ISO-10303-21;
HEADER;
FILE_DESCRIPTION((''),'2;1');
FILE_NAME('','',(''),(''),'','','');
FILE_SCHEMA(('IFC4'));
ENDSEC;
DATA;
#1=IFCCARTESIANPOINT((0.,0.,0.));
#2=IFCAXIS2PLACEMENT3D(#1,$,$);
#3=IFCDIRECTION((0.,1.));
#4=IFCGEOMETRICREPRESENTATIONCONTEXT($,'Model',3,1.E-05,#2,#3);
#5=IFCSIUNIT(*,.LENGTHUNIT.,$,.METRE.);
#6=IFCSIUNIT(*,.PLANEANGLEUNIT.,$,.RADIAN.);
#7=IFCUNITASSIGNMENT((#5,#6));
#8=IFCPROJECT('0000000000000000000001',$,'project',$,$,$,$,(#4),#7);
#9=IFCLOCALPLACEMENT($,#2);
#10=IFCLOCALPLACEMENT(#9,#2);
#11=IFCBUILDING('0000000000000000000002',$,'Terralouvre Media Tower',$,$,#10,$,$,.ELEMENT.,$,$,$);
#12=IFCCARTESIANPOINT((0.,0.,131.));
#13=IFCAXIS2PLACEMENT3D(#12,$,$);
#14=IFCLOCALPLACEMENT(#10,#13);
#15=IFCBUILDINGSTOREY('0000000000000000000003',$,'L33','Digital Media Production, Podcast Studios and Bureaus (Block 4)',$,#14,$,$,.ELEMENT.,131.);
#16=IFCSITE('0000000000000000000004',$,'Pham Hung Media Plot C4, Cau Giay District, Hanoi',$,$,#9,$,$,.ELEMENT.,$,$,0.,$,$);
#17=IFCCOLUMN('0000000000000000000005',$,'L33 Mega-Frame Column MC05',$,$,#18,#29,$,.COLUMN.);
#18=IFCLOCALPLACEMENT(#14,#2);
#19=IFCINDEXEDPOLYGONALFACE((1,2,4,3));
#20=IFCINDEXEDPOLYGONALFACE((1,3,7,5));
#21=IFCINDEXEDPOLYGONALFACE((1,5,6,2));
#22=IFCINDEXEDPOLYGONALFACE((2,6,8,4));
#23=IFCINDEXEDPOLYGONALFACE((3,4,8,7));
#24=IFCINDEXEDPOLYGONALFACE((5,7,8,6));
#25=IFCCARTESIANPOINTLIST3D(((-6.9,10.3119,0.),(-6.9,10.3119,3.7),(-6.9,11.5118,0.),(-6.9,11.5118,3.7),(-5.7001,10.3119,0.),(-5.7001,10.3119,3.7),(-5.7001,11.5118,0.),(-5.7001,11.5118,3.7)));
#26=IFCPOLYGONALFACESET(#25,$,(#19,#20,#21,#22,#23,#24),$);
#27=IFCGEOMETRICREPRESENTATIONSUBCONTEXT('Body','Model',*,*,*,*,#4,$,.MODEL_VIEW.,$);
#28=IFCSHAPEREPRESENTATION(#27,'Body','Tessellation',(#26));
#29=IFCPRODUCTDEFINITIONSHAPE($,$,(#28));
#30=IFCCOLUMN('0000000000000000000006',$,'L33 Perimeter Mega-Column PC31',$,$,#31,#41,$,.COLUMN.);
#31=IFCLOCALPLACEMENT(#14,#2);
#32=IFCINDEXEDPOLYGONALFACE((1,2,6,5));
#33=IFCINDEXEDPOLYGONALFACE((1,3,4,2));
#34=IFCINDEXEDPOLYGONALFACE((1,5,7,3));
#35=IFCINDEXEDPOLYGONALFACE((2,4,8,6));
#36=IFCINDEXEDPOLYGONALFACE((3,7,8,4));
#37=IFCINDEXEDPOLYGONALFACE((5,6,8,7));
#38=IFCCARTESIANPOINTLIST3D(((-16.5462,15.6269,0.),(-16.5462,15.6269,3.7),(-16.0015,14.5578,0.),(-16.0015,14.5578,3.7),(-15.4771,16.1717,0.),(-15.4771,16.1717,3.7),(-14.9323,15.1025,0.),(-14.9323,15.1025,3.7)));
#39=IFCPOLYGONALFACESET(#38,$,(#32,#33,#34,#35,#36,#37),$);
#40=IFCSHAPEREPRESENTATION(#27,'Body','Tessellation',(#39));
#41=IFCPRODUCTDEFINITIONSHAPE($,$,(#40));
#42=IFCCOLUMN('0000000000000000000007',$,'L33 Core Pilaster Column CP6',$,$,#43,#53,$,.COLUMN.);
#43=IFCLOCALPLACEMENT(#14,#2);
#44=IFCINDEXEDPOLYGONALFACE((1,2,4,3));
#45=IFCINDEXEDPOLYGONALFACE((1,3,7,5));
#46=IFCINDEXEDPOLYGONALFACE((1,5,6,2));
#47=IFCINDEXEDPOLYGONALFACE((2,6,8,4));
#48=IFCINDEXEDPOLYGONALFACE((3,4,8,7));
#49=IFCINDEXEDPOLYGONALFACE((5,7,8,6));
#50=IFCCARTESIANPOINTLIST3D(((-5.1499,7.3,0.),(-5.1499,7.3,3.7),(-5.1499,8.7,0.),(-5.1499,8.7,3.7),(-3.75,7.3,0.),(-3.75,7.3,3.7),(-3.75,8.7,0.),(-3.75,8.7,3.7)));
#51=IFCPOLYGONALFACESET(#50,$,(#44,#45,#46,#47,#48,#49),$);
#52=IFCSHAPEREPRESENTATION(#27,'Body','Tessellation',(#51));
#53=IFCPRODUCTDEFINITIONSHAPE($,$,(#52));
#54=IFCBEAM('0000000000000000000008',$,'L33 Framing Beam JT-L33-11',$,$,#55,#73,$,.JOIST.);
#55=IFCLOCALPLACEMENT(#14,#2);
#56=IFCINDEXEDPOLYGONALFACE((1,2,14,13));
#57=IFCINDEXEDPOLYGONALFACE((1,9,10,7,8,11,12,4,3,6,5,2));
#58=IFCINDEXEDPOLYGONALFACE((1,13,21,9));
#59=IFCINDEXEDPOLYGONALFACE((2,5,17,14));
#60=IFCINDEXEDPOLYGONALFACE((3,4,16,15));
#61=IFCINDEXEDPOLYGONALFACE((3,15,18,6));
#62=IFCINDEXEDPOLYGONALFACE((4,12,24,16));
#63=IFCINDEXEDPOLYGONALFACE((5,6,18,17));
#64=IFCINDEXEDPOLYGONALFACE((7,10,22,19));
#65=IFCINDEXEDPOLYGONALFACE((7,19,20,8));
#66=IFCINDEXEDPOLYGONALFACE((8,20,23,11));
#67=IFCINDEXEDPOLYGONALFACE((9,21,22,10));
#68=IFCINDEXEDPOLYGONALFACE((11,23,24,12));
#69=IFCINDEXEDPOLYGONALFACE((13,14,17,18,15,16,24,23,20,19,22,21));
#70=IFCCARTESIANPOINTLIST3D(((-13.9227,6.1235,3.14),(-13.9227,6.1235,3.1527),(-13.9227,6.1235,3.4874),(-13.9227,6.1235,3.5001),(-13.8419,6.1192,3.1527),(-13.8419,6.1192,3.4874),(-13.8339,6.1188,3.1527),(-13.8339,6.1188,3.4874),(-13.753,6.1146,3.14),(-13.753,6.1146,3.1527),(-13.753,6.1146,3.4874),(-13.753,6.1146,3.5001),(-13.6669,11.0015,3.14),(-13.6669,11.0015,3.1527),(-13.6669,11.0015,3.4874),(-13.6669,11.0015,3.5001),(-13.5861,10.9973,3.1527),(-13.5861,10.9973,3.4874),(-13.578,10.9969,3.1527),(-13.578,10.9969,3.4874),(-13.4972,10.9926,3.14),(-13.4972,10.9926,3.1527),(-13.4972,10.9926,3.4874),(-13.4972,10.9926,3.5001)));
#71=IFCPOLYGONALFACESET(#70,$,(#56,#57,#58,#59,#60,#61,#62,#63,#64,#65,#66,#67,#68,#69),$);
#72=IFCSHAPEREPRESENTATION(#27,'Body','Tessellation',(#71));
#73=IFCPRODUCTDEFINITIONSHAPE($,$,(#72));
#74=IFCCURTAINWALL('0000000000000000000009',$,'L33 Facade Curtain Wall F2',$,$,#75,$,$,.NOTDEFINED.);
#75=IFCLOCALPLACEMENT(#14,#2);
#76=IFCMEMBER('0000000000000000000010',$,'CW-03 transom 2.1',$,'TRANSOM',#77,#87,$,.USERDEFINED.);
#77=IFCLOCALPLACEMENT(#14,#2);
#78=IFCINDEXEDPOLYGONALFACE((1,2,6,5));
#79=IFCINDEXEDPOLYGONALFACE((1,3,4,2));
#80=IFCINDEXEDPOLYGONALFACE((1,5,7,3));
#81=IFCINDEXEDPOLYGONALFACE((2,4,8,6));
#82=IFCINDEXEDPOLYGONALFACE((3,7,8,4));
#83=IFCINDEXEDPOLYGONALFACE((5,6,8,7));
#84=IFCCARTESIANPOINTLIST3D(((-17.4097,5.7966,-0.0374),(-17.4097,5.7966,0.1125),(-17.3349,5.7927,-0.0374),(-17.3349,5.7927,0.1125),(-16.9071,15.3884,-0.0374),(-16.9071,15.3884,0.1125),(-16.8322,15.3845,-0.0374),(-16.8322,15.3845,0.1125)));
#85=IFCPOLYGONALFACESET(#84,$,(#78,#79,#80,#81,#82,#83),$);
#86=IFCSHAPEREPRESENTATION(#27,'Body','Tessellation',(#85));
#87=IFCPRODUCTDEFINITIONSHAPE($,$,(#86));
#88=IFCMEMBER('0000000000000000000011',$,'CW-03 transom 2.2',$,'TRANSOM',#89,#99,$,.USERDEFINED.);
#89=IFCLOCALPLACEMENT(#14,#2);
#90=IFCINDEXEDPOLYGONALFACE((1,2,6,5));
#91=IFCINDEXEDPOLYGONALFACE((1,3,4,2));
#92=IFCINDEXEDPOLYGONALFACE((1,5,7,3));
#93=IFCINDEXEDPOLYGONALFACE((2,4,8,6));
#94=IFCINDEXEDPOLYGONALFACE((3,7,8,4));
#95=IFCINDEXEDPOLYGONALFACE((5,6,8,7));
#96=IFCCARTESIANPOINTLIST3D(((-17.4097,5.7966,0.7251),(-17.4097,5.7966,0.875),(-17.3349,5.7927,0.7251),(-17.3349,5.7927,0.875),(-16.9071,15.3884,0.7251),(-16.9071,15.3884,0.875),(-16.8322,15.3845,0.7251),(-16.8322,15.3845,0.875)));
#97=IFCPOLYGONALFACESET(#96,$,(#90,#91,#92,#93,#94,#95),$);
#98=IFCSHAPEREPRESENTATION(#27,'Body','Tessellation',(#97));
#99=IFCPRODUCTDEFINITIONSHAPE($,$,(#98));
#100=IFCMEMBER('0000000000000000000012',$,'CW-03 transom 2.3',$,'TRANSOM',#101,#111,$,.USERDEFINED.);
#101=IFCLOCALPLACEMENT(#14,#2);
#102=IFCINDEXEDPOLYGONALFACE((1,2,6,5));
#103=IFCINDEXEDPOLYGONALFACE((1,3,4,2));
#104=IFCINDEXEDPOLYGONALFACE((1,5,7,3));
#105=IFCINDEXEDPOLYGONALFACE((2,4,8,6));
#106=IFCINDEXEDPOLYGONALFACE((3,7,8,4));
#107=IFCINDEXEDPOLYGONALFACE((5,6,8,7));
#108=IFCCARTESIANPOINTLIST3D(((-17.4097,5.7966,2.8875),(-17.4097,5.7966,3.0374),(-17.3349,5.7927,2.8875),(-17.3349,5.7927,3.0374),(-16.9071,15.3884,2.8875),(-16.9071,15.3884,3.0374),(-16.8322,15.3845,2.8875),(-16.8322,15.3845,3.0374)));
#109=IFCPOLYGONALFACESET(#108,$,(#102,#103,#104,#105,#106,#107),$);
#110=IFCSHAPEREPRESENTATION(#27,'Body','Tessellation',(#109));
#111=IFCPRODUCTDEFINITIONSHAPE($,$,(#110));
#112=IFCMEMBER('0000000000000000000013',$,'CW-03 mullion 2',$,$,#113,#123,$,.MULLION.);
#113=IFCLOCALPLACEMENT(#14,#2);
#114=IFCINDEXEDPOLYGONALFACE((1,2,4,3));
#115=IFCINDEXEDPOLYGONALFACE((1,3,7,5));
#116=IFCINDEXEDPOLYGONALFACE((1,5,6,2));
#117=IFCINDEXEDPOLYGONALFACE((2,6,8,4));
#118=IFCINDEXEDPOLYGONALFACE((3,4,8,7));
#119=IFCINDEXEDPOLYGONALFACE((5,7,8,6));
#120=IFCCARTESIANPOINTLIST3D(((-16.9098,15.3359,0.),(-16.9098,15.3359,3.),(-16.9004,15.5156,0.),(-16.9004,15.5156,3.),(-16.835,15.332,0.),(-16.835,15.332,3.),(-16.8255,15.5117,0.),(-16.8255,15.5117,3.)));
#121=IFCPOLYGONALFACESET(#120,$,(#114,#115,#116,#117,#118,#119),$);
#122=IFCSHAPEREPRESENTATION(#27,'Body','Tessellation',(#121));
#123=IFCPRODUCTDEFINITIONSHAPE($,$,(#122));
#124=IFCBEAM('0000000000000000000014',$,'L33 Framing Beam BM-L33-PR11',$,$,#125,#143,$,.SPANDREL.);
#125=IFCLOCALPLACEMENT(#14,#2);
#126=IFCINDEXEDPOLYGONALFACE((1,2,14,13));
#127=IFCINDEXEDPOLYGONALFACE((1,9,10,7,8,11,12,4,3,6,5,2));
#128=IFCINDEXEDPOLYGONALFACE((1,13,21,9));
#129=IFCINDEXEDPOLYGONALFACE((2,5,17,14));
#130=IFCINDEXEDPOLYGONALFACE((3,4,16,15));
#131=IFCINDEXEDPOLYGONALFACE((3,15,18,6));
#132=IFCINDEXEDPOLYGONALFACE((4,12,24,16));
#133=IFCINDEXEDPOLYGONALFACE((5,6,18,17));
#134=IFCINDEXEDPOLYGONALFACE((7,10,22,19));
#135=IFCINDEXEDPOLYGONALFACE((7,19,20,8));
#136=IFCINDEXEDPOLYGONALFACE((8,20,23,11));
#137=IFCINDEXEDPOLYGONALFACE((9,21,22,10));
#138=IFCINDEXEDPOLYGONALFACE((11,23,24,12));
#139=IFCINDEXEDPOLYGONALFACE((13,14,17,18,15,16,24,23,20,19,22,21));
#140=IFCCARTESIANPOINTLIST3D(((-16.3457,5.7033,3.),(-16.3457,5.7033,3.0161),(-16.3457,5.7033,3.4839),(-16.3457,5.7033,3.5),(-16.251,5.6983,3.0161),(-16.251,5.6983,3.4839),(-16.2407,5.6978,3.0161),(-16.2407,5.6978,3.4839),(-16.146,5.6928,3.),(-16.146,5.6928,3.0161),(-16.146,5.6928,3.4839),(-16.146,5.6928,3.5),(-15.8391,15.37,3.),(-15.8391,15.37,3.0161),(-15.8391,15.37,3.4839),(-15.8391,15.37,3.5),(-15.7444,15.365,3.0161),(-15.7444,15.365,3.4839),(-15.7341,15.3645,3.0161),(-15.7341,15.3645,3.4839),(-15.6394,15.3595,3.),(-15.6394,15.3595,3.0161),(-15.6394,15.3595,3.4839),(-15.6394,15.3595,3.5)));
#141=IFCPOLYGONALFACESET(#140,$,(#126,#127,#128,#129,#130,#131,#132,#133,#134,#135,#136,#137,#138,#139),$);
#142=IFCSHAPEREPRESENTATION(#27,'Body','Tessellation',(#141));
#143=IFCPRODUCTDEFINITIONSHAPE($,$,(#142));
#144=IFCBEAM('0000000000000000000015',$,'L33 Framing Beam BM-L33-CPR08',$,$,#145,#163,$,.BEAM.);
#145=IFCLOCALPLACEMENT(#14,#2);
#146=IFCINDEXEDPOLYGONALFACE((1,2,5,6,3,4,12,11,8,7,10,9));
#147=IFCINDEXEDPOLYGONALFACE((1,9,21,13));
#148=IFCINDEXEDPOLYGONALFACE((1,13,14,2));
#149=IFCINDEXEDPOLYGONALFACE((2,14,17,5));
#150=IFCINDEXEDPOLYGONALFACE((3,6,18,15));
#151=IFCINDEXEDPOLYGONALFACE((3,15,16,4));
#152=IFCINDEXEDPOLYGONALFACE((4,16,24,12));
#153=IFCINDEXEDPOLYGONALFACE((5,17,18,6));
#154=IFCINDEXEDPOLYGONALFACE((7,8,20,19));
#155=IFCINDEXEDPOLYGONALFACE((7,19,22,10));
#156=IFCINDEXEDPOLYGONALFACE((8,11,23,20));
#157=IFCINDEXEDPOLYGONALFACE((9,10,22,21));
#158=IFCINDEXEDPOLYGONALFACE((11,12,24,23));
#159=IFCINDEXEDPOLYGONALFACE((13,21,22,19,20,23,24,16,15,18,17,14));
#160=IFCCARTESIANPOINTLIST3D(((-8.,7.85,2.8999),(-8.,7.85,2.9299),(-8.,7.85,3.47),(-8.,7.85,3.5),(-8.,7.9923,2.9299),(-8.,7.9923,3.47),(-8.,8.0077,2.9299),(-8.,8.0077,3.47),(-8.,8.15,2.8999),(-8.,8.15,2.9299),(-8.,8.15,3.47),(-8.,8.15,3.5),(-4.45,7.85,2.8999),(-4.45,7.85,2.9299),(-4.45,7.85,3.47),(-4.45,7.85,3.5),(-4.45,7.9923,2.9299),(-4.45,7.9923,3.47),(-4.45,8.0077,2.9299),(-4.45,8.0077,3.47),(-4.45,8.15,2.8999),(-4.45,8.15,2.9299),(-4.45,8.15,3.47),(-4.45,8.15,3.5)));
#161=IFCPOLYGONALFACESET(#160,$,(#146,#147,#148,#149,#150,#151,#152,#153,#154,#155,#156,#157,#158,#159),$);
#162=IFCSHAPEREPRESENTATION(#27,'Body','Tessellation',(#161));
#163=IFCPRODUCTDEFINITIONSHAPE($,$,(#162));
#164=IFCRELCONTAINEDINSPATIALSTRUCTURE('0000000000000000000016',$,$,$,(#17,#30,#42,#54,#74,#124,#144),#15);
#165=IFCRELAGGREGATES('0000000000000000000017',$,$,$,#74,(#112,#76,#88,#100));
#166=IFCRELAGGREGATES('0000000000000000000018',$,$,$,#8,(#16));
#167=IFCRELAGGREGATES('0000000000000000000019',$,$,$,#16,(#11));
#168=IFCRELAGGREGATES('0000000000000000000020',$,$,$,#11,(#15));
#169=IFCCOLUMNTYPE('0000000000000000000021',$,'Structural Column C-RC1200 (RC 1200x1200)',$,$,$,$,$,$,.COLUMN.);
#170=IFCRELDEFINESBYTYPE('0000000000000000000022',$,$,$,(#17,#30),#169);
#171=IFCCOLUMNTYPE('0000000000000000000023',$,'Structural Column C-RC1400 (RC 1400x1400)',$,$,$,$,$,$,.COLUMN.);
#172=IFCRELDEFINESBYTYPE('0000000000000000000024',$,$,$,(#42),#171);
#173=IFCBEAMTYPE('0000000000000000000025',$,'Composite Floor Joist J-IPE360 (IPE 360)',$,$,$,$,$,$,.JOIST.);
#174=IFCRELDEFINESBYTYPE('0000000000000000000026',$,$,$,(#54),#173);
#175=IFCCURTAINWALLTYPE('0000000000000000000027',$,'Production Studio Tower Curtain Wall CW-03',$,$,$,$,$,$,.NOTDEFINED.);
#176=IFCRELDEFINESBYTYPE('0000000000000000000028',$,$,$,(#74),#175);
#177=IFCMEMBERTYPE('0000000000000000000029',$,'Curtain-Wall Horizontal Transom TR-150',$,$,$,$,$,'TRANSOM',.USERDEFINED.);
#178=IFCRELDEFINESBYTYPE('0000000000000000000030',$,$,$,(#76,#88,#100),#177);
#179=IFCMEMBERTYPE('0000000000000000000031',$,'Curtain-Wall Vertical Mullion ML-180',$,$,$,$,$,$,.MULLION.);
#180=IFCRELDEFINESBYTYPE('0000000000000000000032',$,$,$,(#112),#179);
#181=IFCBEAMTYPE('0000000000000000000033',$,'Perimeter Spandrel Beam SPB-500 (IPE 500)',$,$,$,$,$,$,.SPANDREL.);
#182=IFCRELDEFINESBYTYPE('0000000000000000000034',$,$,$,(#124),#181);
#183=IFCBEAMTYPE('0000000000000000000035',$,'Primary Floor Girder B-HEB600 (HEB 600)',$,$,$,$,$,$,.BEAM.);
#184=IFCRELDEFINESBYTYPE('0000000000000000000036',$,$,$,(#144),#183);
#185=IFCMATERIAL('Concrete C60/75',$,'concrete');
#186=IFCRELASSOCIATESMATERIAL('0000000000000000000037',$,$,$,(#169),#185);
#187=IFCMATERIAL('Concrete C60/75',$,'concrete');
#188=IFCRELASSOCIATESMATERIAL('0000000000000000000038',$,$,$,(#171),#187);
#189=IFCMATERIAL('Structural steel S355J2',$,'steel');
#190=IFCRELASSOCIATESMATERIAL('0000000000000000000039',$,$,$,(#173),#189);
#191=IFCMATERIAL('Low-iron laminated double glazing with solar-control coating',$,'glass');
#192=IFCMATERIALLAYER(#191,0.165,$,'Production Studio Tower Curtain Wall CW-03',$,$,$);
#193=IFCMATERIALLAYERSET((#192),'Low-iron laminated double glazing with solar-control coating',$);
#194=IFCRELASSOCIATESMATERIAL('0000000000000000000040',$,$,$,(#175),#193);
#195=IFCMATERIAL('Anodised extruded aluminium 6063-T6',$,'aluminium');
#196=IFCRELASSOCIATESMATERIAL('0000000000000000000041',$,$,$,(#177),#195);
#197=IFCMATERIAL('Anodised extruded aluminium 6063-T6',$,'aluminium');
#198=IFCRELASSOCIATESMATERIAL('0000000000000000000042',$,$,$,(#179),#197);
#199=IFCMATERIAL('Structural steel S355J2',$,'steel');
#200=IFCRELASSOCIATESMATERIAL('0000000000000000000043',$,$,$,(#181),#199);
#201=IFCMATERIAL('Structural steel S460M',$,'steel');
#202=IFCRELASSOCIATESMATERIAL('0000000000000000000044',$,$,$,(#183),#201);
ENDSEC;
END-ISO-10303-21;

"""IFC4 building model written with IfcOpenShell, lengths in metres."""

from ifc_helpers import new_model, si_unit, direction, frame, origin, origin_2d, place, context, subcontext, project, spatial, rectangle, i_section, extrude, material, layer, layer_set, material_profile, profile_set, type_object, element, aggregate, save


model = new_model("IFC4")

# Units and contexts
model_context = context("Model", 3, precision=1e-05, world=origin(), true_north=direction((0.0, 1.0)))
body_context = subcontext(model_context, "Body", "Model", "MODEL_VIEW")
ifc_project = project(units=[si_unit("LENGTHUNIT", "METRE"), si_unit("PLANEANGLEUNIT", "RADIAN")], contexts=[model_context])

# Site, building, storey
site_placement = place(None, origin())
site = spatial("IfcSite", under=ifc_project, at=site_placement, Name="Pham Hung Media Plot C4, Cau Giay District, Hanoi", CompositionType="ELEMENT", RefElevation=0.0)
building_placement = place(site_placement, origin())
building = spatial("IfcBuilding", under=site, at=building_placement, Name="Terralouvre Media Tower", CompositionType="ELEMENT")
storey_placement = place(building_placement, frame((0.0, 0.0, 131.0)))
storey = spatial("IfcBuildingStorey", under=building, at=storey_placement, Name="L33", Description="Digital Media Production, Podcast Studios and Bureaus (Block 4)", CompositionType="ELEMENT", Elevation=131.0)

# Columns
ifc_material_1 = material(Name="Concrete C60/75", Category="concrete")
ifc_material_profile_1 = material_profile(ifc_material_1, rectangle(XDim=1.2, YDim=1.2, at=origin_2d()), Name="RC 1200x1200")
ifc_profile_set_1 = profile_set([ifc_material_profile_1], Name="Concrete C60/75")
column_type_1 = type_object("IfcColumnType", Name="Structural Column C-RC1200 (RC 1200x1200)", PredefinedType="COLUMN", material=ifc_profile_set_1)
for number, where, z_axis, x_axis, name in (
    (1, (-6.3, 10.9119, 0.0), (0.0, 0.0, 1.0), (1.0, 0.0, 0.0), "L33 Mega-Frame Column MC05"),
    (2, (-15.7393, 15.3647, 0.0), (0.0, 0.0, 1.0), (0.891007, 0.45399, 0.0), "L33 Perimeter Mega-Column PC31"),
):
    element("IfcColumn", number, at=place(storey_placement, frame(where, z_axis=z_axis, x_axis=x_axis)), inside=storey, type_object=column_type_1, Name=name, PredefinedType="COLUMN", context=body_context, shape_type="SweptSolid", body=[
        extrude(rectangle(XDim=1.2, YDim=1.2, at=origin_2d()), origin(), (0.0, 0.0, 1.0), 3.7),
    ])
ifc_material_2 = material(Name="Concrete C60/75", Category="concrete")
ifc_material_profile_2 = material_profile(ifc_material_2, rectangle(XDim=1.3999, YDim=1.3999, at=origin_2d()), Name="RC 1400x1400")
ifc_profile_set_2 = profile_set([ifc_material_profile_2], Name="Concrete C60/75")
column_type_2 = type_object("IfcColumnType", Name="Structural Column C-RC1400 (RC 1400x1400)", PredefinedType="COLUMN", material=ifc_profile_set_2)
column_placement = place(storey_placement, frame((-4.45, 8.0, 0.0), z_axis=(0.0, 0.0, 1.0), x_axis=(1.0, 0.0, 0.0)))
element("IfcColumn", 3, at=column_placement, inside=storey, type_object=column_type_2, Name="L33 Core Pilaster Column CP6", PredefinedType="COLUMN", context=body_context, shape_type="SweptSolid", body=[
    extrude(rectangle(XDim=1.3999, YDim=1.3999, at=origin_2d()), origin(), (0.0, 0.0, 1.0), 3.7),
])

# Beam
ifc_material_3 = material(Name="Structural steel S355J2", Category="steel")
ifc_material_profile_3 = material_profile(ifc_material_3, i_section(OverallWidth=0.1699, OverallDepth=0.3601, WebThickness=0.0081, FlangeThickness=0.0127, at=origin_2d()), Name="IPE 360")
ifc_profile_set_3 = profile_set([ifc_material_profile_3], Name="Structural steel S355J2")
beam_type_1 = type_object("IfcBeamType", Name="Composite Floor Joist J-IPE360 (IPE 360)", PredefinedType="JOIST", material=ifc_profile_set_3)
beam_1_placement = place(storey_placement, frame((-13.582, 10.9971, 3.3201), z_axis=(-0.052378, -0.998627, 0.0), x_axis=(0.998627, -0.052378, 0.0)))
element("IfcBeam", 4, at=beam_1_placement, inside=storey, type_object=beam_type_1, Name="L33 Framing Beam JT-L33-11", PredefinedType="JOIST", context=body_context, shape_type="SweptSolid", body=[
    extrude(i_section(OverallWidth=0.1699, OverallDepth=0.3601, WebThickness=0.0081, FlangeThickness=0.0127, at=origin_2d()), origin(), (0.0, 0.0, 1.0), 4.8848),
])

# Curtain wall, members
ifc_material_4 = material(Name="Low-iron laminated double glazing with solar-control coating", Category="glass")
ifc_layer_1 = layer(ifc_material_4, 0.165, Name="Production Studio Tower Curtain Wall CW-03")
ifc_layer_set_1 = layer_set([ifc_layer_1], Name="Low-iron laminated double glazing with solar-control coating")
curtain_wall_type = type_object("IfcCurtainWallType", Name="Production Studio Tower Curtain Wall CW-03", PredefinedType="NOTDEFINED", material=ifc_layer_set_1)
curtain_wall_placement = place(storey_placement, origin())
curtain_wall = element("IfcCurtainWall", 5, at=curtain_wall_placement, inside=storey, type_object=curtain_wall_type, Name="L33 Facade Curtain Wall F2", PredefinedType="NOTDEFINED")
ifc_material_5 = material(Name="Anodised extruded aluminium 6063-T6", Category="aluminium")
ifc_material_profile_4 = material_profile(ifc_material_5, rectangle(XDim=0.075, YDim=0.1499, at=origin_2d()), Name="ALU 75x150")
ifc_profile_set_4 = profile_set([ifc_material_profile_4], Name="Anodised extruded aluminium 6063-T6")
member_type_1 = type_object("IfcMemberType", Name="Curtain-Wall Horizontal Transom TR-150", ElementType="TRANSOM", PredefinedType="USERDEFINED", material=ifc_profile_set_4)
member_1_placement = place(storey_placement, frame((-16.8696, 15.3865, 0.0376), z_axis=(-0.052336, -0.99863, 0.0), x_axis=(0.99863, -0.052336, 0.0)))
member_1 = element("IfcMember", 6, at=member_1_placement, type_object=member_type_1, Name="CW-03 transom 2.1", ObjectType="TRANSOM", PredefinedType="USERDEFINED", context=body_context, shape_type="SweptSolid", body=[
    extrude(rectangle(XDim=0.075, YDim=0.1499, at=origin_2d()), origin(), (0.0, 0.0, 1.0), 9.605),
])
member_2_placement = place(storey_placement, frame((-16.8696, 15.3865, 0.8), z_axis=(-0.052336, -0.99863, 0.0), x_axis=(0.99863, -0.052336, 0.0)))
member_2 = element("IfcMember", 7, at=member_2_placement, type_object=member_type_1, Name="CW-03 transom 2.2", ObjectType="TRANSOM", PredefinedType="USERDEFINED", context=body_context, shape_type="SweptSolid", body=[
    extrude(rectangle(XDim=0.075, YDim=0.1499, at=origin_2d()), origin(), (0.0, 0.0, 1.0), 9.605),
])
member_3_placement = place(storey_placement, frame((-16.8696, 15.3865, 2.9624), z_axis=(-0.052336, -0.99863, 0.0), x_axis=(0.99863, -0.052336, 0.0)))
member_3 = element("IfcMember", 8, at=member_3_placement, type_object=member_type_1, Name="CW-03 transom 2.3", ObjectType="TRANSOM", PredefinedType="USERDEFINED", context=body_context, shape_type="SweptSolid", body=[
    extrude(rectangle(XDim=0.075, YDim=0.1499, at=origin_2d()), origin(), (0.0, 0.0, 1.0), 9.605),
])
ifc_material_6 = material(Name="Anodised extruded aluminium 6063-T6", Category="aluminium")
ifc_material_profile_5 = material_profile(ifc_material_6, rectangle(XDim=0.075, YDim=0.1799, at=origin_2d()), Name="ALU 75x180")
ifc_profile_set_5 = profile_set([ifc_material_profile_5], Name="Anodised extruded aluminium 6063-T6")
member_type_2 = type_object("IfcMemberType", Name="Curtain-Wall Vertical Mullion ML-180", PredefinedType="MULLION", material=ifc_profile_set_5)
member_4_placement = place(storey_placement, frame((-16.8677, 15.4238, 0.0), z_axis=(0.0, 0.0, 1.0), x_axis=(0.99863, -0.052336, 0.0)))
member_4 = element("IfcMember", 9, at=member_4_placement, type_object=member_type_2, Name="CW-03 mullion 2", PredefinedType="MULLION", context=body_context, shape_type="SweptSolid", body=[
    extrude(rectangle(XDim=0.075, YDim=0.1799, at=origin_2d()), origin(), (0.0, 0.0, 1.0), 3.0),
])

# Beams
ifc_material_7 = material(Name="Structural steel S355J2", Category="steel")
ifc_material_profile_6 = material_profile(ifc_material_7, i_section(OverallWidth=0.2, OverallDepth=0.5, WebThickness=0.0103, FlangeThickness=0.0161, at=origin_2d()), Name="IPE 500")
ifc_profile_set_6 = profile_set([ifc_material_profile_6], Name="Structural steel S355J2")
beam_type_2 = type_object("IfcBeamType", Name="Perimeter Spandrel Beam SPB-500 (IPE 500)", PredefinedType="SPANDREL", material=ifc_profile_set_6)
beam_2_placement = place(storey_placement, frame((-15.7393, 15.3647, 3.25), z_axis=(-0.052334, -0.99863, 0.0), x_axis=(0.99863, -0.052334, 0.0)))
element("IfcBeam", 10, at=beam_2_placement, inside=storey, type_object=beam_type_2, Name="L33 Framing Beam BM-L33-PR11", PredefinedType="SPANDREL", context=body_context, shape_type="SweptSolid", body=[
    extrude(i_section(OverallWidth=0.2, OverallDepth=0.5, WebThickness=0.0103, FlangeThickness=0.0161, at=origin_2d()), origin(), (0.0, 0.0, 1.0), 9.6799),
])
ifc_material_8 = material(Name="Structural steel S460M", Category="steel")
ifc_material_profile_7 = material_profile(ifc_material_8, i_section(OverallWidth=0.3, OverallDepth=0.6001, WebThickness=0.0154, FlangeThickness=0.03, at=origin_2d()), Name="HEB 600")
ifc_profile_set_7 = profile_set([ifc_material_profile_7], Name="Structural steel S460M")
beam_type_3 = type_object("IfcBeamType", Name="Primary Floor Girder B-HEB600 (HEB 600)", PredefinedType="BEAM", material=ifc_profile_set_7)
beam_3_placement = place(storey_placement, frame((-4.45, 8.0, 3.2), z_axis=(-1.0, 0.0, 0.0), x_axis=(0.0, -1.0, 0.0)))
element("IfcBeam", 11, at=beam_3_placement, inside=storey, type_object=beam_type_3, Name="L33 Framing Beam BM-L33-CPR08", PredefinedType="BEAM", context=body_context, shape_type="SweptSolid", body=[
    extrude(i_section(OverallWidth=0.3, OverallDepth=0.6001, WebThickness=0.0154, FlangeThickness=0.03, at=origin_2d()), origin(), (0.0, 0.0, 1.0), 3.55),
])

aggregate(curtain_wall, [member_4, member_1, member_2, member_3])

save(model, "model.ifc")
